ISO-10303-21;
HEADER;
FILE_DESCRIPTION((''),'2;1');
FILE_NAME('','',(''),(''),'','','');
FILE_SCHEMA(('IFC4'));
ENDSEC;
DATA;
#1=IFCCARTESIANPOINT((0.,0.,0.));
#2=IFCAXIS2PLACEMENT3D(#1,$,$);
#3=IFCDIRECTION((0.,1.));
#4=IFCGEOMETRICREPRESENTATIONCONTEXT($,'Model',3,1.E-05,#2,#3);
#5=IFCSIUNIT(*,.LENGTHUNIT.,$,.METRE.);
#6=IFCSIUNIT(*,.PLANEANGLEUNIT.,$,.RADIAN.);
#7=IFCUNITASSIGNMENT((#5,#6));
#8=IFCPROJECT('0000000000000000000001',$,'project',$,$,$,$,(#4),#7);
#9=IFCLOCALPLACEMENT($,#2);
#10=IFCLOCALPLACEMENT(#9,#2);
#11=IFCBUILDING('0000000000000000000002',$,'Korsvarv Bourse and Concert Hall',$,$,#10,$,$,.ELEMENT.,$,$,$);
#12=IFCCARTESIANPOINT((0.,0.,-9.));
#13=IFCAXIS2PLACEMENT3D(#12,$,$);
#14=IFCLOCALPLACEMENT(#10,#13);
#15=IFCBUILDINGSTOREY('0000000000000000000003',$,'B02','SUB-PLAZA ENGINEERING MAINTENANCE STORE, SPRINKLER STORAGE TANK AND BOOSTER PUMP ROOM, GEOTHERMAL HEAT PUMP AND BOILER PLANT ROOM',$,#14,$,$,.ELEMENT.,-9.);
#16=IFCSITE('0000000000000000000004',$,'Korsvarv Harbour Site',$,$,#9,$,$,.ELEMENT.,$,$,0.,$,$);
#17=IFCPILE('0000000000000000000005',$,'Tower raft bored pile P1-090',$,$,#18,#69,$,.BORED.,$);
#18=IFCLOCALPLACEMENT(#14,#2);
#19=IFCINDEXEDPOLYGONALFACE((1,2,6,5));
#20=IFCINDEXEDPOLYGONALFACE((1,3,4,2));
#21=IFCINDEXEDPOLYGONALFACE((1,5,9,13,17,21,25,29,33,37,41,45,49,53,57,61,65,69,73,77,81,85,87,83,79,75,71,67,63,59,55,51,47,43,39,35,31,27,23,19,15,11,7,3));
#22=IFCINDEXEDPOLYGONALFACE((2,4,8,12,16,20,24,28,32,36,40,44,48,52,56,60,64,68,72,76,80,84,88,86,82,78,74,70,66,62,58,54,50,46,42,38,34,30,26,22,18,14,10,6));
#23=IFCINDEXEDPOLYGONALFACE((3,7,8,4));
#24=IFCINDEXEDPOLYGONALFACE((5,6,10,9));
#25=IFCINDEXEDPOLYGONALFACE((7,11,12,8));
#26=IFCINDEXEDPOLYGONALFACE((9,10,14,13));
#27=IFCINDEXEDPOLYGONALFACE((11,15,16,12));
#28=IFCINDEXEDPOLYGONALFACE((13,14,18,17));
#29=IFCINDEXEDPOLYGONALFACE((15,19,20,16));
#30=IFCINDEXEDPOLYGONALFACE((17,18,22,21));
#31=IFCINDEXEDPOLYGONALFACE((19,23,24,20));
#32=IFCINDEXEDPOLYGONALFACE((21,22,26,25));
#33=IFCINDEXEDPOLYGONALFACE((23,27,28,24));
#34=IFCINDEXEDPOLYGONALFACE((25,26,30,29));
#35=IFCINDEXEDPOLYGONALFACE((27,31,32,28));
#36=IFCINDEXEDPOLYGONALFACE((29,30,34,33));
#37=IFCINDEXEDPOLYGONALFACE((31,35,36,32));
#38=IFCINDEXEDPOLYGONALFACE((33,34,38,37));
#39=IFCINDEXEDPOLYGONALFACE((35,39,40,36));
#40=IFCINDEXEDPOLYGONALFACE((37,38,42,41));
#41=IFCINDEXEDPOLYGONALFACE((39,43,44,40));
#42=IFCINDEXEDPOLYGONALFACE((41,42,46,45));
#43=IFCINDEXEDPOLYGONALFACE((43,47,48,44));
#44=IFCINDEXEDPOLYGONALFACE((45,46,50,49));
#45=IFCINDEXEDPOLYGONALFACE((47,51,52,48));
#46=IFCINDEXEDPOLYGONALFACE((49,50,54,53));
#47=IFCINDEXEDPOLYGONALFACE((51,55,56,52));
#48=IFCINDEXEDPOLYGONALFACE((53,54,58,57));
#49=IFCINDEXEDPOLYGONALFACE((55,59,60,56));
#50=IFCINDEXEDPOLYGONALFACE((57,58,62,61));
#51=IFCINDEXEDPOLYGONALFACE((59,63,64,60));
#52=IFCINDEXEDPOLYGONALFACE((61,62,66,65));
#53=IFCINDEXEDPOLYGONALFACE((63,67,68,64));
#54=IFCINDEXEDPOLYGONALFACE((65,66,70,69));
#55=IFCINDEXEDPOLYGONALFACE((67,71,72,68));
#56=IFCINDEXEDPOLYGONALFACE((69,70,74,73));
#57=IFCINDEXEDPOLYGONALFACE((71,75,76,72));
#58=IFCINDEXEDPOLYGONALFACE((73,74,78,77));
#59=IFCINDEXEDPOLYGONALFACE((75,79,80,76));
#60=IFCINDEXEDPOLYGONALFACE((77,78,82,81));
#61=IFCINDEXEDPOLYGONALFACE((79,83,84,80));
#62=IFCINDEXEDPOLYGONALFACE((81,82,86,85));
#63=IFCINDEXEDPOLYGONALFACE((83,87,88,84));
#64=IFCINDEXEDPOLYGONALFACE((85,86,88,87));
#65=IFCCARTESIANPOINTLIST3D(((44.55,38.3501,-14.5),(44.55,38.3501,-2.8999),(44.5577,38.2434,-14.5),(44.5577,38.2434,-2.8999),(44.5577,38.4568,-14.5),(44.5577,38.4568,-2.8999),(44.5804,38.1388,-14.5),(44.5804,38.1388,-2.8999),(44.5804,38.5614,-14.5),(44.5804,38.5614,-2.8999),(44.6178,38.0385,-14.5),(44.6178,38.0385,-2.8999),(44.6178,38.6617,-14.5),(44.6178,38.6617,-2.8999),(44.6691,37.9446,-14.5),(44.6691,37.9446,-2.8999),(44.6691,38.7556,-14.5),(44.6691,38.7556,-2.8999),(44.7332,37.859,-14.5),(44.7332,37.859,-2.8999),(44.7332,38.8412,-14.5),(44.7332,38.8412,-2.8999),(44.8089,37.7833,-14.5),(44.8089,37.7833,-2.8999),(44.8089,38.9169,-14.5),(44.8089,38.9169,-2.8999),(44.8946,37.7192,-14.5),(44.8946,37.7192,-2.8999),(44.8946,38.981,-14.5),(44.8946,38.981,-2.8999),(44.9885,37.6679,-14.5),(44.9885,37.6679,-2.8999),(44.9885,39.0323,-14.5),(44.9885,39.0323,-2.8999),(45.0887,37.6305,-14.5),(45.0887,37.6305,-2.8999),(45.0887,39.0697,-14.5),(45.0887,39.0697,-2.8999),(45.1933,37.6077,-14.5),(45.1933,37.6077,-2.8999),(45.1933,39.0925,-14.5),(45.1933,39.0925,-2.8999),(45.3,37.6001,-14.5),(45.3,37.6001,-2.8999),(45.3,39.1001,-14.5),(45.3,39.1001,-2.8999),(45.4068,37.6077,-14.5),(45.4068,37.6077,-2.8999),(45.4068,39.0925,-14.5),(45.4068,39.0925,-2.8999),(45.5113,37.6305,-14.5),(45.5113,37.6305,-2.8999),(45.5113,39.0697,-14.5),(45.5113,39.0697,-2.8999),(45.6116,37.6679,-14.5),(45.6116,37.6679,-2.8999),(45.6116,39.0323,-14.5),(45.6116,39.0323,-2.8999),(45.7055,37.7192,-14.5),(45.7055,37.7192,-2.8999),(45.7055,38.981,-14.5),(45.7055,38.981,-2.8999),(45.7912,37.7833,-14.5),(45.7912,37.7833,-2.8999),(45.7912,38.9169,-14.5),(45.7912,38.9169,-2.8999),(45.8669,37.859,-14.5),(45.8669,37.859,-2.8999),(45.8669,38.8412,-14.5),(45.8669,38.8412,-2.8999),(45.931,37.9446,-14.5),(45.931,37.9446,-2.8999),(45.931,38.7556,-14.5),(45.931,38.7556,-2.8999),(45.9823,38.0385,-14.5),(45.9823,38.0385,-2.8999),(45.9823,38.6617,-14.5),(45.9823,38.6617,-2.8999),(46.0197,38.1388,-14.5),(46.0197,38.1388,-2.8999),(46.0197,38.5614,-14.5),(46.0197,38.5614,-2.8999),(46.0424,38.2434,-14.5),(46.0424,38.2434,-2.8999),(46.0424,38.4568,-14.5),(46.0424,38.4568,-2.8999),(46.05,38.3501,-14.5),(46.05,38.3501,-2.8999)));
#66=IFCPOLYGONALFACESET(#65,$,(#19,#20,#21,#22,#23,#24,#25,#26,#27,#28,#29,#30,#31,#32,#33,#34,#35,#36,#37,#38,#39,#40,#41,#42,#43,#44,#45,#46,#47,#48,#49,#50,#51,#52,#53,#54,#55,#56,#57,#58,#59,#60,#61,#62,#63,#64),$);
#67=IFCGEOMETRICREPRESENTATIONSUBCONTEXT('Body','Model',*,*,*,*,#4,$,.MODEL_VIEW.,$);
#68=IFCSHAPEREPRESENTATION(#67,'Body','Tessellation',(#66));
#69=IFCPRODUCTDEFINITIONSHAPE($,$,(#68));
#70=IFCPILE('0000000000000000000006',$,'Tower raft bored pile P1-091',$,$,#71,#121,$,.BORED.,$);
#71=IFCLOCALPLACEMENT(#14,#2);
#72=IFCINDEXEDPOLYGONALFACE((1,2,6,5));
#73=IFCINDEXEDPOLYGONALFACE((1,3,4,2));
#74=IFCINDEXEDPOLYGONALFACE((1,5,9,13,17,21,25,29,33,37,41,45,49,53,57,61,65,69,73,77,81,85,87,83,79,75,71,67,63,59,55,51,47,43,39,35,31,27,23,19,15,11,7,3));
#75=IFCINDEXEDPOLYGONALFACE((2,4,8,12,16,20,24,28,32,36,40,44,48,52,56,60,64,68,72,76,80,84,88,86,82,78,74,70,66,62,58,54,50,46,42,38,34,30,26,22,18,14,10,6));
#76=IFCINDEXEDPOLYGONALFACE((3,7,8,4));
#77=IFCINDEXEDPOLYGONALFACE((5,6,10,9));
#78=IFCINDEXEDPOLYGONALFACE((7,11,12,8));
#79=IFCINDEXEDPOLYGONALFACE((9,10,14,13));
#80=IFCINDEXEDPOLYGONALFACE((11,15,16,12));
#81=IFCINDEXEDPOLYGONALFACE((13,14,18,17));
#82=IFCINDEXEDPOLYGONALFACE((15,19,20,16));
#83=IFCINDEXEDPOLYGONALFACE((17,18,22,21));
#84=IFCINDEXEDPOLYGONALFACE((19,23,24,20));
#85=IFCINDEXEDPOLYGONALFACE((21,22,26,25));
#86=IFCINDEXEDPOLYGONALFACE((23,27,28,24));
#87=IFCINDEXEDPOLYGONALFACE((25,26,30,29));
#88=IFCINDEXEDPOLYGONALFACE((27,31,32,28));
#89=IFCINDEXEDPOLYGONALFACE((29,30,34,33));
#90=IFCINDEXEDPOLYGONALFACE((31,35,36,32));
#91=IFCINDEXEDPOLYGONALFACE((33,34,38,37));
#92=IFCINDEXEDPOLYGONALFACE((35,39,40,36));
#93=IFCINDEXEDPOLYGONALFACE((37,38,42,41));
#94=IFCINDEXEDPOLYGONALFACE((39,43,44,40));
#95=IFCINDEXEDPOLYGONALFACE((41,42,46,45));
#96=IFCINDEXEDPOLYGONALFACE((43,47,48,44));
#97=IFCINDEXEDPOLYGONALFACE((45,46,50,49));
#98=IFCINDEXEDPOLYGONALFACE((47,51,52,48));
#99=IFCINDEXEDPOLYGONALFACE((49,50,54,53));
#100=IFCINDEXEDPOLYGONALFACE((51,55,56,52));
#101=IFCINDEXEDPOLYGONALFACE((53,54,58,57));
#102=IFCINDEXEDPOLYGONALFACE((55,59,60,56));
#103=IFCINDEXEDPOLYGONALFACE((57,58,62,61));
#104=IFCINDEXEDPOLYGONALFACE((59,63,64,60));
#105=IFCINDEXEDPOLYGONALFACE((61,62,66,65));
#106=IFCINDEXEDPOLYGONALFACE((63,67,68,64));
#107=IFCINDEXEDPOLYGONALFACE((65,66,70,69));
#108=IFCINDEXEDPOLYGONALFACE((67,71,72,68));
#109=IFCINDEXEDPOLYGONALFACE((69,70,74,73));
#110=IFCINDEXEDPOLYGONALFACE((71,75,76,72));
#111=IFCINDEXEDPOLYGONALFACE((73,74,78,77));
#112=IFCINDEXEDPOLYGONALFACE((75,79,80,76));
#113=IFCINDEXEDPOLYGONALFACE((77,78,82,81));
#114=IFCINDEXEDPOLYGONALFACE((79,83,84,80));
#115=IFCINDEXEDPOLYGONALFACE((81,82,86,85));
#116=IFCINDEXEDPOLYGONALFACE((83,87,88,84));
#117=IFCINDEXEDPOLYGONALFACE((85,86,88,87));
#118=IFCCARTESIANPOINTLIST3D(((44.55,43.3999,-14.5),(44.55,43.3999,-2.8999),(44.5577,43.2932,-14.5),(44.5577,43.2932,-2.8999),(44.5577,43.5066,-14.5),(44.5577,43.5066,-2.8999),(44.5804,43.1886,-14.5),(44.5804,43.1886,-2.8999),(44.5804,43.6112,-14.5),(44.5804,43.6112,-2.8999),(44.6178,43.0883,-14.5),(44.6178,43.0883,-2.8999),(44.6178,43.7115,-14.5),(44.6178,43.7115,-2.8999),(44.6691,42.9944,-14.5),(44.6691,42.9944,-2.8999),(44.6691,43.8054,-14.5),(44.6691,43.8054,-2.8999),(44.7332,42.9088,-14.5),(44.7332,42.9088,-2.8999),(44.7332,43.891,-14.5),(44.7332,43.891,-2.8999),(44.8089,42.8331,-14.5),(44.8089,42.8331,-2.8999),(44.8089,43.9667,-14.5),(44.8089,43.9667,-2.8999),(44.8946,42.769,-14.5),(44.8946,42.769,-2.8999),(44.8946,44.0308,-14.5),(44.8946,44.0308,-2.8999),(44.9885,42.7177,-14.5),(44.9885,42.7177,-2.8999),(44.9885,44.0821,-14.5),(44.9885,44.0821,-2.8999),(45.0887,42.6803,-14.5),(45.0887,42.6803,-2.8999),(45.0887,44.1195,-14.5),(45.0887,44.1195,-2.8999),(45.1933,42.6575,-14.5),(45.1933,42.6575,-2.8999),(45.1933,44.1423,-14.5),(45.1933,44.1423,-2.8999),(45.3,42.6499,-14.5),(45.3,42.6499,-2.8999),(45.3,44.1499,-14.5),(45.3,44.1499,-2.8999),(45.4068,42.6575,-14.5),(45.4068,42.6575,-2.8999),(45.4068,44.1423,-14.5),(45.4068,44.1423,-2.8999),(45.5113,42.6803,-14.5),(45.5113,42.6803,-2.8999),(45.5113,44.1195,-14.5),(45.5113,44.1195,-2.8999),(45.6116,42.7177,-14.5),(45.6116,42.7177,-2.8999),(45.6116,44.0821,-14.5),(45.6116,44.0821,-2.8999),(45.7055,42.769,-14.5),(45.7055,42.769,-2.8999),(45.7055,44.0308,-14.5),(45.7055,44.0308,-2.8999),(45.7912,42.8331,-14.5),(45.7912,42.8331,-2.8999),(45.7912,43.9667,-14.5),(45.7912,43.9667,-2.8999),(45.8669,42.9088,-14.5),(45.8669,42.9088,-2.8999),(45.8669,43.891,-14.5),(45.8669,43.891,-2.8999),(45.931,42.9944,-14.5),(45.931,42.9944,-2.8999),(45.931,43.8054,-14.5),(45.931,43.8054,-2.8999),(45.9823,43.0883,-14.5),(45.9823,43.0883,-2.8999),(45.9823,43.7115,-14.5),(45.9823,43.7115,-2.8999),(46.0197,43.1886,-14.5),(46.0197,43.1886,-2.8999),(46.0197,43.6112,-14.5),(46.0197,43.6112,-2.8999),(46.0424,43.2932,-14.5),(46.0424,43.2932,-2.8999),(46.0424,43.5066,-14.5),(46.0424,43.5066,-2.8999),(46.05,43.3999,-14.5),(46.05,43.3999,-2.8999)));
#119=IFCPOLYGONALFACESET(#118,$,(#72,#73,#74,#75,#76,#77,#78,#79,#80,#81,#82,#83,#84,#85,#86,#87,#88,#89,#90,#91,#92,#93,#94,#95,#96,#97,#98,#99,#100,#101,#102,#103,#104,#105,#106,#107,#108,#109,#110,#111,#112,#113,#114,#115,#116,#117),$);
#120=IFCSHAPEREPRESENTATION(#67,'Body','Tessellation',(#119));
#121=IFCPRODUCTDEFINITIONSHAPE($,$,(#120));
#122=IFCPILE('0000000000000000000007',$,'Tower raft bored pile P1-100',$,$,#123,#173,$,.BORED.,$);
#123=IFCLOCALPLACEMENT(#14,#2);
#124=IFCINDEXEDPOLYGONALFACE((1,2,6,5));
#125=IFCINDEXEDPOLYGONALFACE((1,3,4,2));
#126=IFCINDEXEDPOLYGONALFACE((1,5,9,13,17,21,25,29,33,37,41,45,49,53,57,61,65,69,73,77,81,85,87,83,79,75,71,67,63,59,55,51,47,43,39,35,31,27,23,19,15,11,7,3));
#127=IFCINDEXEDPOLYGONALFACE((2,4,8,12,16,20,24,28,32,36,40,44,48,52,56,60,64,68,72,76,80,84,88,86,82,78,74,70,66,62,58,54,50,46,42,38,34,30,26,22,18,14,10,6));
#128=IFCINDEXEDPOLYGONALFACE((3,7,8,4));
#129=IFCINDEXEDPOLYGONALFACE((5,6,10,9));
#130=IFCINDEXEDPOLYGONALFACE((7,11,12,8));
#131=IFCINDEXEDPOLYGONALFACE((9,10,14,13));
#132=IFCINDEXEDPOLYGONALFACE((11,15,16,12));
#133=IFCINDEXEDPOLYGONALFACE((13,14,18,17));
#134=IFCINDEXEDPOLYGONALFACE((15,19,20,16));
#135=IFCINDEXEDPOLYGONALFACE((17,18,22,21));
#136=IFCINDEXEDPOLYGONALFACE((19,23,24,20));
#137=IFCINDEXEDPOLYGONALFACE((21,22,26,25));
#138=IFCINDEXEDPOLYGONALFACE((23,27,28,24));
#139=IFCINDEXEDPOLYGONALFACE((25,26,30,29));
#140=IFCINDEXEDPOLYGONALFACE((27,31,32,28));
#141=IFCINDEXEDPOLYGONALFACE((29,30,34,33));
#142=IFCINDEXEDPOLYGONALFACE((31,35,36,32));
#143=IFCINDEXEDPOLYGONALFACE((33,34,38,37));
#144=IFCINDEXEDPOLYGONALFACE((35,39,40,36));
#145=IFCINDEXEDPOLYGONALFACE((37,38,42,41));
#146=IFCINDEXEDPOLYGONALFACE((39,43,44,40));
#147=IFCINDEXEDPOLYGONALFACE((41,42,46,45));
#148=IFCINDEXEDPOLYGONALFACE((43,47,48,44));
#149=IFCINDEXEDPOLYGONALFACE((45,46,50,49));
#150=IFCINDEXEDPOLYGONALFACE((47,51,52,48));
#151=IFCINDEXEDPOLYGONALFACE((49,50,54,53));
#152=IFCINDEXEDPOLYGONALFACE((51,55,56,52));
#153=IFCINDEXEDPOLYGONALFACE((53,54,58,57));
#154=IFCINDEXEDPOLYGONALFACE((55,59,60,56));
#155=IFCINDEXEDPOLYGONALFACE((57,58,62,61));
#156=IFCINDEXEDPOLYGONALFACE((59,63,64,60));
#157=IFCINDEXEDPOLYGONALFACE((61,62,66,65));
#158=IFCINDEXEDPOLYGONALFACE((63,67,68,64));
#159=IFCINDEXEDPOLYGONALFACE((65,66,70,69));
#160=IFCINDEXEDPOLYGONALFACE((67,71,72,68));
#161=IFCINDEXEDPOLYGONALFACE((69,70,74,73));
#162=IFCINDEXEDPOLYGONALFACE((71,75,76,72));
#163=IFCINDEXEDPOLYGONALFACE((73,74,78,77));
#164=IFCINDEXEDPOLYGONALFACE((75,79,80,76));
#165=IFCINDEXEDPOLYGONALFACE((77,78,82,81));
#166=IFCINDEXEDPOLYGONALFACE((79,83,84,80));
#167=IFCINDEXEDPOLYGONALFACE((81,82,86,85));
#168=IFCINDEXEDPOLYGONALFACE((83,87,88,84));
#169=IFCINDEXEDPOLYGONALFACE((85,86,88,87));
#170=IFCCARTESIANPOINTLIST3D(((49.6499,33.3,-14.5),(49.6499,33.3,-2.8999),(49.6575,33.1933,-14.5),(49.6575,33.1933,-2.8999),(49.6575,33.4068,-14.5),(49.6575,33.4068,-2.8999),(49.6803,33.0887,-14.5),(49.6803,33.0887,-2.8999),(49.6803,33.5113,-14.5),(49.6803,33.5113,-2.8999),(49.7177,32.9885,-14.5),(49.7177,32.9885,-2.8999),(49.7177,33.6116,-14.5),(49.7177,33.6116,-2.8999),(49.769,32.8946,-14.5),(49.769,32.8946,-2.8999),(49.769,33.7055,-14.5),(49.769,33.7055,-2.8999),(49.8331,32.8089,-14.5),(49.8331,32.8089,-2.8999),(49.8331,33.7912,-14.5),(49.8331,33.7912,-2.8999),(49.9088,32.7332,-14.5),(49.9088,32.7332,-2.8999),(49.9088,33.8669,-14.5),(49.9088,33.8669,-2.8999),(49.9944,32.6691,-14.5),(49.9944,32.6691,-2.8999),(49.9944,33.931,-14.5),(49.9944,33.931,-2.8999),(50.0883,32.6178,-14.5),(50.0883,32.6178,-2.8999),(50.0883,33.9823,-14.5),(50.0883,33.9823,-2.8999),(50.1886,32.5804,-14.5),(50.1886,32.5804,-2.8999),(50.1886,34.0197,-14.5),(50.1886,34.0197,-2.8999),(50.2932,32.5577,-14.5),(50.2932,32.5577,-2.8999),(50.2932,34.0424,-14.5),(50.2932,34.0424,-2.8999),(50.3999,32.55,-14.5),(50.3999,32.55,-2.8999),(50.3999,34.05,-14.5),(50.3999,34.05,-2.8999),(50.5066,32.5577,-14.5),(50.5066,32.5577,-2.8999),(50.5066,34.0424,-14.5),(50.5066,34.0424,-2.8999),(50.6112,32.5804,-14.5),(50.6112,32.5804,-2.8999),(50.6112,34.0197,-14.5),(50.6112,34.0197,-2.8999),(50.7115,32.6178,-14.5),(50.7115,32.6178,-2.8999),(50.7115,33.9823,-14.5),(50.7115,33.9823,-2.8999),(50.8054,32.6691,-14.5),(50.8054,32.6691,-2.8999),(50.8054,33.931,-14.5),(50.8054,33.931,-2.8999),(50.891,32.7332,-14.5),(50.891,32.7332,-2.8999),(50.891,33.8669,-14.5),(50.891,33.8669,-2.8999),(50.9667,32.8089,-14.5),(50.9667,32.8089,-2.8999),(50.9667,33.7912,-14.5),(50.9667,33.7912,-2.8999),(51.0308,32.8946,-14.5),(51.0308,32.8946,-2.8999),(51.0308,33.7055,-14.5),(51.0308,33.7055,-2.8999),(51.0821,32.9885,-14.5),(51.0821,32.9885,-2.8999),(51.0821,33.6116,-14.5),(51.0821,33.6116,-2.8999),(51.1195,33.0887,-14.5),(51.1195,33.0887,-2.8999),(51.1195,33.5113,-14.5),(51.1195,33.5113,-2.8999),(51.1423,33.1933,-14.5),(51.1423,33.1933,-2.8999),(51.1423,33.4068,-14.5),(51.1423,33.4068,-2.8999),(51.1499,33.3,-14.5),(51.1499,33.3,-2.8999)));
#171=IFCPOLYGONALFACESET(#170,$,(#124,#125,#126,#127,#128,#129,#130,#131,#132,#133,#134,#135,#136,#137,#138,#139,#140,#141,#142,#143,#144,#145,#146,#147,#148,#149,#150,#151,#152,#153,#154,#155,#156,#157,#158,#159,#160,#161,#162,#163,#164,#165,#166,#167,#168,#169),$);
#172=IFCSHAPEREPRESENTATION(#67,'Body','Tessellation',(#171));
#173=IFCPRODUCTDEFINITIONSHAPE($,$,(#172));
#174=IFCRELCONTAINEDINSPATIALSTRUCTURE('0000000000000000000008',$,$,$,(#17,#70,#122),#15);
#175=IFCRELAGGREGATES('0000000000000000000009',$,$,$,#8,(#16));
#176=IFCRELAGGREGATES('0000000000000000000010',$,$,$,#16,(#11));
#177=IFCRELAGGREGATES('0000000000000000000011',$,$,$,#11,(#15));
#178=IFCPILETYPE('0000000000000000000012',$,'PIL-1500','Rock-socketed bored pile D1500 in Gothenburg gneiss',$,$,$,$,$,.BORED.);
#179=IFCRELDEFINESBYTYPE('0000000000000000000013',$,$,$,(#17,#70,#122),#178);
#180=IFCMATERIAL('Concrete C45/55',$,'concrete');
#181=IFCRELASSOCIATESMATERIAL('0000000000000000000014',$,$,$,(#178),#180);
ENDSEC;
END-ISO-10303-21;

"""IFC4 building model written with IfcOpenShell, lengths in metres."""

from ifc_helpers import new_model, si_unit, direction, frame, origin, origin_2d, place, context, subcontext, project, spatial, circle, extrude, source, transform, mapped, material, material_profile, profile_set, type_object, element, save


model = new_model("IFC4")

# Units and contexts
model_context = context("Model", 3, precision=1e-05, world=origin(), true_north=direction((0.0, 1.0)))
body_context = subcontext(model_context, "Body", "Model", "MODEL_VIEW")
ifc_project = project(units=[si_unit("LENGTHUNIT", "METRE"), si_unit("PLANEANGLEUNIT", "RADIAN")], contexts=[model_context])

# Site, building, storey
site_placement = place(None, origin())
site = spatial("IfcSite", under=ifc_project, at=site_placement, Name="Korsvarv Harbour Site", CompositionType="ELEMENT", RefElevation=0.0)
building_placement = place(site_placement, origin())
building = spatial("IfcBuilding", under=site, at=building_placement, Name="Korsvarv Bourse and Concert Hall", CompositionType="ELEMENT")
storey_placement = place(building_placement, frame((0.0, 0.0, -9.0)))
storey = spatial("IfcBuildingStorey", under=building, at=storey_placement, Name="B02", Description="SUB-PLAZA ENGINEERING MAINTENANCE STORE, SPRINKLER STORAGE TANK AND BOOSTER PUMP ROOM, GEOTHERMAL HEAT PUMP AND BOILER PLANT ROOM", CompositionType="ELEMENT", Elevation=-9.0)

# Piles
ifc_material_1 = material(Name="Concrete C45/55", Category="concrete")
ifc_material_profile_1 = material_profile(ifc_material_1, circle(Radius=0.75, at=origin_2d()), Name="PILE D1500")
ifc_profile_set_1 = profile_set([ifc_material_profile_1], Name="Concrete C45/55")
pile_type = type_object("IfcPileType", Name="PIL-1500", Description="Rock-socketed bored pile D1500 in Gothenburg gneiss", PredefinedType="BORED", material=ifc_profile_set_1)
shared_shape_1 = source(origin(), body_context, "Body", "SweptSolid", [
    extrude(circle(Radius=0.75, at=origin_2d()), origin(), (0.0, 0.0, 1.0), 11.6001),
])
for number, where, z_axis, x_axis, name in (
    (1, (45.3, 38.3501, -2.8999), (0.0, 0.0, -1.0), (1.0, 0.0, 0.0), "Tower raft bored pile P1-090"),
    (2, (45.3, 43.3999, -2.8999), (0.0, 0.0, -1.0), (1.0, 0.0, 0.0), "Tower raft bored pile P1-091"),
    (3, (50.3999, 33.3, -2.8999), (0.0, 0.0, -1.0), (1.0, 0.0, 0.0), "Tower raft bored pile P1-100"),
):
    element("IfcPile", number, at=place(storey_placement, frame(where, z_axis=z_axis, x_axis=x_axis)), inside=storey, type_object=pile_type, Name=name, PredefinedType="BORED", context=body_context, shape_type="MappedRepresentation", body=[
        mapped(shared_shape_1, transform((0.0, 0.0, 0.0), scale=1.0)),
    ])

save(model, "model.ifc")
